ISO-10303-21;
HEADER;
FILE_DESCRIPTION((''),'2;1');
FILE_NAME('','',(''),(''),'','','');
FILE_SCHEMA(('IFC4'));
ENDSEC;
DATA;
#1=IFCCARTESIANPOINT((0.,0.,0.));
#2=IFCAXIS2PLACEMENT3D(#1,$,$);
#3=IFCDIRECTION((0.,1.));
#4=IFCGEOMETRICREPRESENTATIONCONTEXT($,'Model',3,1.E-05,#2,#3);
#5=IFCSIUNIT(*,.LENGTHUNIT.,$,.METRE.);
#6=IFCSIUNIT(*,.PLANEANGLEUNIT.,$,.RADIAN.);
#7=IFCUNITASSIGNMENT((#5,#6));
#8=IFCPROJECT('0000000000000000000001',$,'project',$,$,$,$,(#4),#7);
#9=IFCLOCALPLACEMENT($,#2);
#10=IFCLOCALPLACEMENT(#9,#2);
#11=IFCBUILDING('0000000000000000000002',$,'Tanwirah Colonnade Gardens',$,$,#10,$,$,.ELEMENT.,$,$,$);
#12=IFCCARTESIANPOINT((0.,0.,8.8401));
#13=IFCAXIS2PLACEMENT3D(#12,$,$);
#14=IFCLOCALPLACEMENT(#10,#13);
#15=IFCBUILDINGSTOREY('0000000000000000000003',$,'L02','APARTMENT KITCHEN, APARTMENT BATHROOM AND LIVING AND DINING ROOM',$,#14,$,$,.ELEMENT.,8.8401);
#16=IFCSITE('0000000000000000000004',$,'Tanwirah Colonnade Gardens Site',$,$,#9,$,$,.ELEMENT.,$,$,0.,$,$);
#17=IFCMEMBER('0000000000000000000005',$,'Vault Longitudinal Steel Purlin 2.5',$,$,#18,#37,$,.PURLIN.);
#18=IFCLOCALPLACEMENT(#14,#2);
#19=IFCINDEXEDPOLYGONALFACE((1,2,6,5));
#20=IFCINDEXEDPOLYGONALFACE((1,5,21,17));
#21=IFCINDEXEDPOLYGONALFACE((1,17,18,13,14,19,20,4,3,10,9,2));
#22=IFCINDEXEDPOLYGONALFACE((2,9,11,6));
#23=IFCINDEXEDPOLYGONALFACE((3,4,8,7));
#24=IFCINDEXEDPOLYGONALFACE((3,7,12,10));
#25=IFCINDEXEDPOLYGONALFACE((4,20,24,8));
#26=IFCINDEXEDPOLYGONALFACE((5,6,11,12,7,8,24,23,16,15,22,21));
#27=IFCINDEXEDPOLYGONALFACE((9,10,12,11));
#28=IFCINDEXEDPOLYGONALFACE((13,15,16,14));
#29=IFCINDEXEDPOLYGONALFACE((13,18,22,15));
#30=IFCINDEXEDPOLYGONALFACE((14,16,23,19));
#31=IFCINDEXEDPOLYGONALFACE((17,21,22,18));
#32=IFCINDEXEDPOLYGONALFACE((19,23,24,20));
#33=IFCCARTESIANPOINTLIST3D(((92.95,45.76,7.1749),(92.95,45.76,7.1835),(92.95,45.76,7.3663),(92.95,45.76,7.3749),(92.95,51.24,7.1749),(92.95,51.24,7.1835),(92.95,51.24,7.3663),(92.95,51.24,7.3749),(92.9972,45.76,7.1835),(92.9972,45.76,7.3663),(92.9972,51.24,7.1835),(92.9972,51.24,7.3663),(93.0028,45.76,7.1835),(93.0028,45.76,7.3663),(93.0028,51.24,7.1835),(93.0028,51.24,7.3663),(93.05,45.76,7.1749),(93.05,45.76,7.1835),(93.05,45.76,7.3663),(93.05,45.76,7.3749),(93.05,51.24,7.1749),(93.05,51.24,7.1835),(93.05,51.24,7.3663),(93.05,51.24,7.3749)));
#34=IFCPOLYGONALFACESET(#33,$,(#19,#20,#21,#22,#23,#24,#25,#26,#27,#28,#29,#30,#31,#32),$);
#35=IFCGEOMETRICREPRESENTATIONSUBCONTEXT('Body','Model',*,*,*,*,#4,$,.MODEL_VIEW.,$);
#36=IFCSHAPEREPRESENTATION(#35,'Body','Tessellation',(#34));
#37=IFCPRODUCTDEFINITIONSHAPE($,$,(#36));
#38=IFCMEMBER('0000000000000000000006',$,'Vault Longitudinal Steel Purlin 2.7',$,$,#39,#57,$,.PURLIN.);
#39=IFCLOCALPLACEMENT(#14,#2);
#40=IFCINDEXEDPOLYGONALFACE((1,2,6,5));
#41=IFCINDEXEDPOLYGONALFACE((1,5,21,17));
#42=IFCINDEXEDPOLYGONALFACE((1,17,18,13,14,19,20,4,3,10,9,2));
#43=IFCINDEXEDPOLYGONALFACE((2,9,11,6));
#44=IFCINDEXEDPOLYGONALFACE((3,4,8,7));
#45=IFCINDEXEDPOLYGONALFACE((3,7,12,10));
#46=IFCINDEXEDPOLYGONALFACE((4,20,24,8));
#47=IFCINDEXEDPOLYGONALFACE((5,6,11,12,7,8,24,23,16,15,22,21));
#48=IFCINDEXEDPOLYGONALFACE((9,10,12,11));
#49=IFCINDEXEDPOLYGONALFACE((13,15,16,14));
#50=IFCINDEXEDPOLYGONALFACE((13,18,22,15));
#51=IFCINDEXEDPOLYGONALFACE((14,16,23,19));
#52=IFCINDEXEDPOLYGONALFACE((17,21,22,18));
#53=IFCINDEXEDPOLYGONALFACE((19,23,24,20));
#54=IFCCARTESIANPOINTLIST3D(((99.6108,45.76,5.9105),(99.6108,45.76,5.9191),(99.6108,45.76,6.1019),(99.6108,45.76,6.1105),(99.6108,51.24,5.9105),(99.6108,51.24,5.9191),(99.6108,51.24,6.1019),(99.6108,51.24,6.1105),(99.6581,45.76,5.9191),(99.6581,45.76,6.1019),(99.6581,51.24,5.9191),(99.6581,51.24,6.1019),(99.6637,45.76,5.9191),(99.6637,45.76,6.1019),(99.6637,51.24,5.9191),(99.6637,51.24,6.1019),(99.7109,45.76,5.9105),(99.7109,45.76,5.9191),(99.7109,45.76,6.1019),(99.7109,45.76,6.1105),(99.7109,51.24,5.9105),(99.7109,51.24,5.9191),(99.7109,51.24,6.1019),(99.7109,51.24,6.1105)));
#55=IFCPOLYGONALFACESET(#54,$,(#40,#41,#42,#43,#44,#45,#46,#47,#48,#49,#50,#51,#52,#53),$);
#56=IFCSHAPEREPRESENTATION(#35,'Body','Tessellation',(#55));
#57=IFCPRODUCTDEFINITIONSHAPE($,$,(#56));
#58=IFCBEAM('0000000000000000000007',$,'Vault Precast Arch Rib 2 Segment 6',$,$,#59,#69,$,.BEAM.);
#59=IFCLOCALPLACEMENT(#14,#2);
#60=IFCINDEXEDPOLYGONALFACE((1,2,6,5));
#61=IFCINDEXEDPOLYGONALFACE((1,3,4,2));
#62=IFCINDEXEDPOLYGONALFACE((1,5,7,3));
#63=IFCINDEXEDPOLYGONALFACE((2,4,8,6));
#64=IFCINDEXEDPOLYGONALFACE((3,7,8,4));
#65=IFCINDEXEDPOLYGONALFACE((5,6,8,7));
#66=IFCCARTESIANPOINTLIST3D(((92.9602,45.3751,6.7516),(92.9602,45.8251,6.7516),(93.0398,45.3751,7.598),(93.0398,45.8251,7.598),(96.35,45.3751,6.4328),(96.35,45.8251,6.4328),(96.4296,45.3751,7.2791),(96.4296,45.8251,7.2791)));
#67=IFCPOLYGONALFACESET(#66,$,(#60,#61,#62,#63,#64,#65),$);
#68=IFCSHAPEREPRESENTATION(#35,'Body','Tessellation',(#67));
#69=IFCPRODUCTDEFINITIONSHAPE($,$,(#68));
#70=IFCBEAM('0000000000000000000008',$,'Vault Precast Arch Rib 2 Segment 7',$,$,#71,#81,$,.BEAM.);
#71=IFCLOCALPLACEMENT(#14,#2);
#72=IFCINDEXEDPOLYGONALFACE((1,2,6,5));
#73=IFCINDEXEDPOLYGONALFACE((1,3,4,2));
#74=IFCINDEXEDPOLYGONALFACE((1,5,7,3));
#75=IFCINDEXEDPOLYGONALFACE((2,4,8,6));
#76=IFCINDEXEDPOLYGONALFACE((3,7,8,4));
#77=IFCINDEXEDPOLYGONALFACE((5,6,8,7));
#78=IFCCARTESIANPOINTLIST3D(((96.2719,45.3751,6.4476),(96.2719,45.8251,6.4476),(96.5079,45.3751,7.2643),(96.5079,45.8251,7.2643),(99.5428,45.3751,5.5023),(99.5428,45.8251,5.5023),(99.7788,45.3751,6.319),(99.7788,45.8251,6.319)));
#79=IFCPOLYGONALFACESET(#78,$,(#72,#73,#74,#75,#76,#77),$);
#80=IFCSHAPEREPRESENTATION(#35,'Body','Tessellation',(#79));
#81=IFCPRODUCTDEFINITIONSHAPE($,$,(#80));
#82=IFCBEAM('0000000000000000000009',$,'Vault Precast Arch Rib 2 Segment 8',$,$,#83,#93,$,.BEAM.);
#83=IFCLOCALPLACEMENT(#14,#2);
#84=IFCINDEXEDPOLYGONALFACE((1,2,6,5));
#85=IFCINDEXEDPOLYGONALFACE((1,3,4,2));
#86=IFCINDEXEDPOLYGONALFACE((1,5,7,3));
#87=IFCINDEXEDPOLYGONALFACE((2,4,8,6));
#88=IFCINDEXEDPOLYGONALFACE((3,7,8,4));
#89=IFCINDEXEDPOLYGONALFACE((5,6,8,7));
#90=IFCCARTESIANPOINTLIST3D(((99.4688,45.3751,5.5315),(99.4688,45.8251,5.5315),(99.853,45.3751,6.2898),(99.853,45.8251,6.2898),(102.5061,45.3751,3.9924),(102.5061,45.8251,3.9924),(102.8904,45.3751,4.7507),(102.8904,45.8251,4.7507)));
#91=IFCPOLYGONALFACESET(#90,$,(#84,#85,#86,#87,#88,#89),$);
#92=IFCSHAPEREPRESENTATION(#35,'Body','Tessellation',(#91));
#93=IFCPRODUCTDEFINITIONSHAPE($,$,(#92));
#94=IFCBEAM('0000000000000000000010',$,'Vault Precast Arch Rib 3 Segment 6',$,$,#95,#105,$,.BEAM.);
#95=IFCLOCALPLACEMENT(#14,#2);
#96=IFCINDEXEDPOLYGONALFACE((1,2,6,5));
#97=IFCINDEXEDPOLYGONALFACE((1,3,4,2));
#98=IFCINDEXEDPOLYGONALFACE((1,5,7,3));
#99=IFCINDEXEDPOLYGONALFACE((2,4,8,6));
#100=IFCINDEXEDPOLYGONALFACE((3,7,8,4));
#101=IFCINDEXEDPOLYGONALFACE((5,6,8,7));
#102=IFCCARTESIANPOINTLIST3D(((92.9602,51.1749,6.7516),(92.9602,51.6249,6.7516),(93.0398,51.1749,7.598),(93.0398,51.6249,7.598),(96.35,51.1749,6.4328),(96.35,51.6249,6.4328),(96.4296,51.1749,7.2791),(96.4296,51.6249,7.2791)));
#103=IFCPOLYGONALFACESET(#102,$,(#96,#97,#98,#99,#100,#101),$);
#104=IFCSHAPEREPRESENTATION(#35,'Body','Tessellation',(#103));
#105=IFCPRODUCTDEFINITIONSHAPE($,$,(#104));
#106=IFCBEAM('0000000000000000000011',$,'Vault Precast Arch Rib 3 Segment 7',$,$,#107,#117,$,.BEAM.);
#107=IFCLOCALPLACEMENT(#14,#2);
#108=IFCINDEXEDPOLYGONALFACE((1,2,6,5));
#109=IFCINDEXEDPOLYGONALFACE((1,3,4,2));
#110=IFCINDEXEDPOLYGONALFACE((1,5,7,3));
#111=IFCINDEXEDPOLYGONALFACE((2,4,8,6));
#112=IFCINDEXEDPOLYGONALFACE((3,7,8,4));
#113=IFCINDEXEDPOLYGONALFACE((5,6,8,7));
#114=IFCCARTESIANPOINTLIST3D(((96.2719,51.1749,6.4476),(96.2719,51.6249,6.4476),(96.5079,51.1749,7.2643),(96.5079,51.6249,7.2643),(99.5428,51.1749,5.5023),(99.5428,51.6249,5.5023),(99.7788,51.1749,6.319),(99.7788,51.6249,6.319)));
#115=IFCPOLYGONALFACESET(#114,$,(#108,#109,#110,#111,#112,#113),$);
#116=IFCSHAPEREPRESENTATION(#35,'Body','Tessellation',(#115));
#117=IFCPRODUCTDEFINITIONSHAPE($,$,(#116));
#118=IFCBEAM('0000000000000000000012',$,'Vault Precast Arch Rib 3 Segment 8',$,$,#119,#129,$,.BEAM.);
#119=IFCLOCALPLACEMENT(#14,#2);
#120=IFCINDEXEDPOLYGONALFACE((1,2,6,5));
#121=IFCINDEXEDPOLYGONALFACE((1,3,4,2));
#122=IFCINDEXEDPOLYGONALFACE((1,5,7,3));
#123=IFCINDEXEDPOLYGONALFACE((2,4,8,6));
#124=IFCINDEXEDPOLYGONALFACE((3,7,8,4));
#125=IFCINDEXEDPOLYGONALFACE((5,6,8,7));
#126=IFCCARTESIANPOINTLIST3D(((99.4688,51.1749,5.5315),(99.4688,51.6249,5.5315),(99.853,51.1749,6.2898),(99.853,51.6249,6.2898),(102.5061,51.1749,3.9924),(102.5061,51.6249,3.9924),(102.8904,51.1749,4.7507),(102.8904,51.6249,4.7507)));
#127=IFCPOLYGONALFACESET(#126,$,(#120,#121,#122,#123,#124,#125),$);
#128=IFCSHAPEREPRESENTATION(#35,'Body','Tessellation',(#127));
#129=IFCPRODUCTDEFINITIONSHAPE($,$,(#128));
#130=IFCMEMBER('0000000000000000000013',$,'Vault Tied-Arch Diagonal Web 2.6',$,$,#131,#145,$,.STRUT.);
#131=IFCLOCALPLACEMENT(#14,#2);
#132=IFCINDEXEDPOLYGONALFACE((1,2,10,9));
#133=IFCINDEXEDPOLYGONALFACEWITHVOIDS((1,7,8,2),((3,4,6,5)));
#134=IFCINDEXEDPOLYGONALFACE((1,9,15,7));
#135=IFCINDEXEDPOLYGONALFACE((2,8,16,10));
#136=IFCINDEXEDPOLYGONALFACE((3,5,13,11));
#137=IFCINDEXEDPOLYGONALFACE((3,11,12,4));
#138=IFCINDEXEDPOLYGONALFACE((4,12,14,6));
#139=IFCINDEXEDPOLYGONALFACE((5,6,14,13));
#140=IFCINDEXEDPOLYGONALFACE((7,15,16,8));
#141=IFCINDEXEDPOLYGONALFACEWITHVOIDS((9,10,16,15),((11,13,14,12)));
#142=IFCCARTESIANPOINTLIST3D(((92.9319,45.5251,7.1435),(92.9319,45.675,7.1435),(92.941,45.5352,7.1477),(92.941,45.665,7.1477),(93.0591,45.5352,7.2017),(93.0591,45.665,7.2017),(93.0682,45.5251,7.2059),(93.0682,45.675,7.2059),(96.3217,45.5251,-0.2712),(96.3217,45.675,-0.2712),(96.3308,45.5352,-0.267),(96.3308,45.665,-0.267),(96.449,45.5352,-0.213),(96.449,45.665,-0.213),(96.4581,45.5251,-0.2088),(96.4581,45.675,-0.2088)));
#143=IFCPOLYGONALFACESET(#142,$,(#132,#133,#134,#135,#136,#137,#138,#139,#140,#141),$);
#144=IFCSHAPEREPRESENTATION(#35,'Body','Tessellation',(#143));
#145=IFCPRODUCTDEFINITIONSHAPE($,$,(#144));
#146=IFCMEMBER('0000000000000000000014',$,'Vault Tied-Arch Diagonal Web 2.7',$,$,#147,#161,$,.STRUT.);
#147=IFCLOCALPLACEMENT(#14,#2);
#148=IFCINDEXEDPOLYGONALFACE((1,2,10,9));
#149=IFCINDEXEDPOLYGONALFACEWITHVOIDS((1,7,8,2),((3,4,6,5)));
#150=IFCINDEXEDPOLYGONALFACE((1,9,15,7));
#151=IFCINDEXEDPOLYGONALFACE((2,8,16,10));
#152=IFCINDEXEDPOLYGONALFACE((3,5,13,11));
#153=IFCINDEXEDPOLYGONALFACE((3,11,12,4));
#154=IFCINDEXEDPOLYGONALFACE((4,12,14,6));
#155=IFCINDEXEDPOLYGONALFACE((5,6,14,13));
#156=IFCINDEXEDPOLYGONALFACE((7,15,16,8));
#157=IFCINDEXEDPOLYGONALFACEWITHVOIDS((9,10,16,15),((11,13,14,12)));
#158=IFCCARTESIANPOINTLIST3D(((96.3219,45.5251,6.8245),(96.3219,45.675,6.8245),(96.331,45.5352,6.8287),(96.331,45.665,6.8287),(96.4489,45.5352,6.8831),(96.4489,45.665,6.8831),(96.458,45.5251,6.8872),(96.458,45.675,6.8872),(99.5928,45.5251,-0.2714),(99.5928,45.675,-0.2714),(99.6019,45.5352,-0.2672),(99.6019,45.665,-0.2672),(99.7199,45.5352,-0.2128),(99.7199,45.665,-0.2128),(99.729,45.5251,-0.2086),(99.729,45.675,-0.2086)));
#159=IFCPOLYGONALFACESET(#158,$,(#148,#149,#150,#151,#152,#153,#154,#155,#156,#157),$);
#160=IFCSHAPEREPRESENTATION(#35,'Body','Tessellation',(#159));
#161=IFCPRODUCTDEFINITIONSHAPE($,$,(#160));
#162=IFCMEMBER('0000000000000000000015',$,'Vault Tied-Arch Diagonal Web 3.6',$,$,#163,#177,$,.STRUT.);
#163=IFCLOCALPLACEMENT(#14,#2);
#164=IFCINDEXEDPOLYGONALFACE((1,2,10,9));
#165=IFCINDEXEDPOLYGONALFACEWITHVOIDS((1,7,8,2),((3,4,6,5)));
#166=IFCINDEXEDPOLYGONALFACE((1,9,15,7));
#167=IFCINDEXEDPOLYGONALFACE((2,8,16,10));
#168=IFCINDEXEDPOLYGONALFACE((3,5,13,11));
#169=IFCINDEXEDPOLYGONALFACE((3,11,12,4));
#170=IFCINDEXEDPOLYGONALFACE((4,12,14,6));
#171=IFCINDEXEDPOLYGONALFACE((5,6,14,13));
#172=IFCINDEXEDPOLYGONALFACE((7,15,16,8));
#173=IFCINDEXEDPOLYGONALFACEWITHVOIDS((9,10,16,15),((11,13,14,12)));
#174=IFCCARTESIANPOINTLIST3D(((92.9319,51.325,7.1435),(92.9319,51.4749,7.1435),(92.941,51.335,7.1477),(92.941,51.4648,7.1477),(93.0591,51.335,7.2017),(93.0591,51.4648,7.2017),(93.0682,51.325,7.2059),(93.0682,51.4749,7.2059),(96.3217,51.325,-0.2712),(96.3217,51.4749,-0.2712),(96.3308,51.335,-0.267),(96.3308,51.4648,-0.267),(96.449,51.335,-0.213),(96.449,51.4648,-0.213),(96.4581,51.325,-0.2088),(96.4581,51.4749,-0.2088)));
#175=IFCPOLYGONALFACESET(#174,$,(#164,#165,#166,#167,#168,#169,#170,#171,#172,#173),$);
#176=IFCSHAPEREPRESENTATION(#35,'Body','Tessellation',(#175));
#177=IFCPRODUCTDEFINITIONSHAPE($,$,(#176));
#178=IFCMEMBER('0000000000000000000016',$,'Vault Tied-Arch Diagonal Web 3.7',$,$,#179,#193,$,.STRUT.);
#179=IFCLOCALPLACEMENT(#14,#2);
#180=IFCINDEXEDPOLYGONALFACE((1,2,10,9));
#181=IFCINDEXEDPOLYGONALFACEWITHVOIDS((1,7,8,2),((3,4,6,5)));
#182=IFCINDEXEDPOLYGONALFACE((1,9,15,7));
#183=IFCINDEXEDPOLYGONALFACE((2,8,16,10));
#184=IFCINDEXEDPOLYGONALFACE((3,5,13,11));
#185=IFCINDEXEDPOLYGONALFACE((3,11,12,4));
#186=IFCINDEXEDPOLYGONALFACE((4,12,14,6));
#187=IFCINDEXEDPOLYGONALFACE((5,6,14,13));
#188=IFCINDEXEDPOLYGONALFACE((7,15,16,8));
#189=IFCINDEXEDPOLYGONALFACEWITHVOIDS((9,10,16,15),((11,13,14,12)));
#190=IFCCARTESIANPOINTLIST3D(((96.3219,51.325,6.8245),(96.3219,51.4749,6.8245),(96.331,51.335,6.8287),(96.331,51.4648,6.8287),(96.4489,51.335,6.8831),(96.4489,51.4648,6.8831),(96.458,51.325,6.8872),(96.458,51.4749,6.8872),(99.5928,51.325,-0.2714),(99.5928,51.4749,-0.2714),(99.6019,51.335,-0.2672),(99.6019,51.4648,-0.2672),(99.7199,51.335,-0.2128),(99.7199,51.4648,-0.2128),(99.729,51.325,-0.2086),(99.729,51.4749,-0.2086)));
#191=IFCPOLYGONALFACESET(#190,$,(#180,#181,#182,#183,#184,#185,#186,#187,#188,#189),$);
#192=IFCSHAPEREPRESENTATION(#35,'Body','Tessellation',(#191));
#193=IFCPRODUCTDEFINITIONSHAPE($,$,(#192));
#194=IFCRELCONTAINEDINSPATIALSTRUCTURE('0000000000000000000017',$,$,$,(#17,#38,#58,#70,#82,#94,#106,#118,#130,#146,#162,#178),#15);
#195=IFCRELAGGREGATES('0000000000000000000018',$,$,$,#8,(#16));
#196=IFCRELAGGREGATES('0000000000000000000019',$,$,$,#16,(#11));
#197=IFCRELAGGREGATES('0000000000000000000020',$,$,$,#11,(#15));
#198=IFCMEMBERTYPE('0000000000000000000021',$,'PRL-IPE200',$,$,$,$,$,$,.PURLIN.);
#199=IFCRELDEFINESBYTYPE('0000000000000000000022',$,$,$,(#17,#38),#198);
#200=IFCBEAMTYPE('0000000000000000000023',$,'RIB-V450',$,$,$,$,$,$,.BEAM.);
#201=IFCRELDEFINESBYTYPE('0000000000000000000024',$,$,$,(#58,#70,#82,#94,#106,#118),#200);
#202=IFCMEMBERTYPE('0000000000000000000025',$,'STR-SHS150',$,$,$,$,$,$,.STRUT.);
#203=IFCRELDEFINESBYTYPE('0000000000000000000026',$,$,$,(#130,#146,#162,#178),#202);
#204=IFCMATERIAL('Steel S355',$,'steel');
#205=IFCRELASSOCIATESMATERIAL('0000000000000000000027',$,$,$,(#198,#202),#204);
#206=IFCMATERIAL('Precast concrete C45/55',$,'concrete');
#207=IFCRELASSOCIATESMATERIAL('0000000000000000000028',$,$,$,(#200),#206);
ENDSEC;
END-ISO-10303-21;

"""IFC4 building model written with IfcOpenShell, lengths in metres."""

from ifc_helpers import new_model, si_unit, direction, frame, origin, origin_2d, place, context, subcontext, project, spatial, rectangle, hollow_rectangle, i_section, extrude, material, material_profile, profile_set, type_object, element, save


model = new_model("IFC4")

# Units and contexts
model_context = context("Model", 3, precision=1e-05, world=origin(), true_north=direction((0.0, 1.0)))
body_context = subcontext(model_context, "Body", "Model", "MODEL_VIEW")
ifc_project = project(units=[si_unit("LENGTHUNIT", "METRE"), si_unit("PLANEANGLEUNIT", "RADIAN")], contexts=[model_context])

# Site, building, storey
site_placement = place(None, origin())
site = spatial("IfcSite", under=ifc_project, at=site_placement, Name="Tanwirah Colonnade Gardens Site", CompositionType="ELEMENT", RefElevation=0.0)
building_placement = place(site_placement, origin())
building = spatial("IfcBuilding", under=site, at=building_placement, Name="Tanwirah Colonnade Gardens", CompositionType="ELEMENT")
storey_placement = place(building_placement, frame((0.0, 0.0, 8.8401)))
storey = spatial("IfcBuildingStorey", under=building, at=storey_placement, Name="L02", Description="APARTMENT KITCHEN, APARTMENT BATHROOM AND LIVING AND DINING ROOM", CompositionType="ELEMENT", Elevation=8.8401)

# Members
ifc_material_1 = material(Name="Steel S355", Category="steel")
ifc_material_profile_1 = material_profile(ifc_material_1, i_section(OverallWidth=0.1001, OverallDepth=0.2, WebThickness=0.0056, FlangeThickness=0.0085, at=origin_2d()), Name="IPE 200")
ifc_profile_set_1 = profile_set([ifc_material_profile_1], Name="Steel S355")
member_type_1 = type_object("IfcMemberType", Name="PRL-IPE200", PredefinedType="PURLIN", material=ifc_profile_set_1)
for number, where, z_axis, x_axis, name in (
    (1, (93.0, 45.76, 7.2749), (0.0, 1.0, 0.0), (-1.0, 0.0, 0.0), "Vault Longitudinal Steel Purlin 2.5"),
    (2, (99.6609, 45.76, 6.0105), (0.0, 1.0, 0.0), (-1.0, 0.0, 0.0), "Vault Longitudinal Steel Purlin 2.7"),
):
    element("IfcMember", number, at=place(storey_placement, frame(where, z_axis=z_axis, x_axis=x_axis)), inside=storey, type_object=member_type_1, Name=name, PredefinedType="PURLIN", context=body_context, shape_type="SweptSolid", body=[
        extrude(i_section(OverallWidth=0.1001, OverallDepth=0.2, WebThickness=0.0056, FlangeThickness=0.0085, at=origin_2d()), origin(), (0.0, 0.0, 1.0), 5.48),
    ])

# Beams
ifc_material_2 = material(Name="Precast concrete C45/55", Category="concrete")
ifc_material_profile_2 = material_profile(ifc_material_2, rectangle(XDim=0.45, YDim=0.8501, at=origin_2d()), Name="PC-RIB 450x850")
ifc_profile_set_2 = profile_set([ifc_material_profile_2], Name="Precast concrete C45/55")
beam_type = type_object("IfcBeamType", Name="RIB-V450", PredefinedType="BEAM", material=ifc_profile_set_2)
for number, where, z_axis, x_axis, name in (
    (3, (93.0, 45.6001, 7.1748), (0.995606, 0.0, -0.093645), (0.0, 1.0, 0.0), "Vault Precast Arch Rib 2 Segment 6"),
    (4, (96.3899, 45.6001, 6.856), (0.960686, 0.0, -0.277637), (0.0, 1.0, 0.0), "Vault Precast Arch Rib 2 Segment 7"),
):
    element("IfcBeam", number, at=place(storey_placement, frame(where, z_axis=z_axis, x_axis=x_axis)), inside=storey, type_object=beam_type, Name=name, PredefinedType="BEAM", context=body_context, shape_type="SweptSolid", body=[
        extrude(rectangle(XDim=0.45, YDim=0.8501, at=origin_2d()), origin(), (0.0, 0.0, 1.0), 3.4048),
    ])
beam_1_placement = place(storey_placement, frame((99.6609, 45.6001, 5.9106), z_axis=(0.89202, 0.0, -0.451997), x_axis=(0.0, 1.0, 0.0)))
element("IfcBeam", 5, at=beam_1_placement, inside=storey, type_object=beam_type, Name="Vault Precast Arch Rib 2 Segment 8", PredefinedType="BEAM", context=body_context, shape_type="SweptSolid", body=[
    extrude(rectangle(XDim=0.45, YDim=0.8501, at=origin_2d()), origin(), (0.0, 0.0, 1.0), 3.405),
])
for number, where, z_axis, x_axis, name in (
    (6, (93.0, 51.3999, 7.1748), (0.995606, 0.0, -0.093645), (0.0, 1.0, 0.0), "Vault Precast Arch Rib 3 Segment 6"),
    (7, (96.3899, 51.3999, 6.856), (0.960686, 0.0, -0.277637), (0.0, 1.0, 0.0), "Vault Precast Arch Rib 3 Segment 7"),
):
    element("IfcBeam", number, at=place(storey_placement, frame(where, z_axis=z_axis, x_axis=x_axis)), inside=storey, type_object=beam_type, Name=name, PredefinedType="BEAM", context=body_context, shape_type="SweptSolid", body=[
        extrude(rectangle(XDim=0.45, YDim=0.8501, at=origin_2d()), origin(), (0.0, 0.0, 1.0), 3.4048),
    ])
beam_2_placement = place(storey_placement, frame((99.6609, 51.3999, 5.9106), z_axis=(0.89202, 0.0, -0.451997), x_axis=(0.0, 1.0, 0.0)))
element("IfcBeam", 8, at=beam_2_placement, inside=storey, type_object=beam_type, Name="Vault Precast Arch Rib 3 Segment 8", PredefinedType="BEAM", context=body_context, shape_type="SweptSolid", body=[
    extrude(rectangle(XDim=0.45, YDim=0.8501, at=origin_2d()), origin(), (0.0, 0.0, 1.0), 3.405),
])

# Members
ifc_material_profile_3 = material_profile(ifc_material_1, hollow_rectangle(XDim=0.1499, YDim=0.1499, WallThickness=0.01, at=origin_2d()), Name="SHS 150x150x10")
ifc_profile_set_3 = profile_set([ifc_material_profile_3], Name="Steel S355")
member_type_2 = type_object("IfcMemberType", Name="STR-SHS150", PredefinedType="STRUT", material=ifc_profile_set_3)
member_1_placement = place(storey_placement, frame((96.3899, 45.6001, -0.24), z_axis=(-0.415787, 0.0, 0.909462), x_axis=(0.0, -1.0, 0.0)))
element("IfcMember", 9, at=member_1_placement, inside=storey, type_object=member_type_2, Name="Vault Tied-Arch Diagonal Web 2.6", PredefinedType="STRUT", context=body_context, shape_type="SweptSolid", body=[
    extrude(hollow_rectangle(XDim=0.1499, YDim=0.1499, WallThickness=0.01, at=origin_2d()), origin(), (0.0, 0.0, 1.0), 8.1528),
])
member_2_placement = place(storey_placement, frame((99.6609, 45.6001, -0.24), z_axis=(-0.41863, 0.0, 0.908157), x_axis=(0.0, -1.0, 0.0)))
element("IfcMember", 10, at=member_2_placement, inside=storey, type_object=member_type_2, Name="Vault Tied-Arch Diagonal Web 2.7", PredefinedType="STRUT", context=body_context, shape_type="SweptSolid", body=[
    extrude(hollow_rectangle(XDim=0.1499, YDim=0.1499, WallThickness=0.01, at=origin_2d()), origin(), (0.0, 0.0, 1.0), 7.8135),
])
member_3_placement = place(storey_placement, frame((96.3899, 51.3999, -0.24), z_axis=(-0.415787, 0.0, 0.909462), x_axis=(0.0, -1.0, 0.0)))
element("IfcMember", 11, at=member_3_placement, inside=storey, type_object=member_type_2, Name="Vault Tied-Arch Diagonal Web 3.6", PredefinedType="STRUT", context=body_context, shape_type="SweptSolid", body=[
    extrude(hollow_rectangle(XDim=0.1499, YDim=0.1499, WallThickness=0.01, at=origin_2d()), origin(), (0.0, 0.0, 1.0), 8.1528),
])
member_4_placement = place(storey_placement, frame((99.6609, 51.3999, -0.24), z_axis=(-0.41863, 0.0, 0.908157), x_axis=(0.0, -1.0, 0.0)))
element("IfcMember", 12, at=member_4_placement, inside=storey, type_object=member_type_2, Name="Vault Tied-Arch Diagonal Web 3.7", PredefinedType="STRUT", context=body_context, shape_type="SweptSolid", body=[
    extrude(hollow_rectangle(XDim=0.1499, YDim=0.1499, WallThickness=0.01, at=origin_2d()), origin(), (0.0, 0.0, 1.0), 7.8135),
])

save(model, "model.ifc")
